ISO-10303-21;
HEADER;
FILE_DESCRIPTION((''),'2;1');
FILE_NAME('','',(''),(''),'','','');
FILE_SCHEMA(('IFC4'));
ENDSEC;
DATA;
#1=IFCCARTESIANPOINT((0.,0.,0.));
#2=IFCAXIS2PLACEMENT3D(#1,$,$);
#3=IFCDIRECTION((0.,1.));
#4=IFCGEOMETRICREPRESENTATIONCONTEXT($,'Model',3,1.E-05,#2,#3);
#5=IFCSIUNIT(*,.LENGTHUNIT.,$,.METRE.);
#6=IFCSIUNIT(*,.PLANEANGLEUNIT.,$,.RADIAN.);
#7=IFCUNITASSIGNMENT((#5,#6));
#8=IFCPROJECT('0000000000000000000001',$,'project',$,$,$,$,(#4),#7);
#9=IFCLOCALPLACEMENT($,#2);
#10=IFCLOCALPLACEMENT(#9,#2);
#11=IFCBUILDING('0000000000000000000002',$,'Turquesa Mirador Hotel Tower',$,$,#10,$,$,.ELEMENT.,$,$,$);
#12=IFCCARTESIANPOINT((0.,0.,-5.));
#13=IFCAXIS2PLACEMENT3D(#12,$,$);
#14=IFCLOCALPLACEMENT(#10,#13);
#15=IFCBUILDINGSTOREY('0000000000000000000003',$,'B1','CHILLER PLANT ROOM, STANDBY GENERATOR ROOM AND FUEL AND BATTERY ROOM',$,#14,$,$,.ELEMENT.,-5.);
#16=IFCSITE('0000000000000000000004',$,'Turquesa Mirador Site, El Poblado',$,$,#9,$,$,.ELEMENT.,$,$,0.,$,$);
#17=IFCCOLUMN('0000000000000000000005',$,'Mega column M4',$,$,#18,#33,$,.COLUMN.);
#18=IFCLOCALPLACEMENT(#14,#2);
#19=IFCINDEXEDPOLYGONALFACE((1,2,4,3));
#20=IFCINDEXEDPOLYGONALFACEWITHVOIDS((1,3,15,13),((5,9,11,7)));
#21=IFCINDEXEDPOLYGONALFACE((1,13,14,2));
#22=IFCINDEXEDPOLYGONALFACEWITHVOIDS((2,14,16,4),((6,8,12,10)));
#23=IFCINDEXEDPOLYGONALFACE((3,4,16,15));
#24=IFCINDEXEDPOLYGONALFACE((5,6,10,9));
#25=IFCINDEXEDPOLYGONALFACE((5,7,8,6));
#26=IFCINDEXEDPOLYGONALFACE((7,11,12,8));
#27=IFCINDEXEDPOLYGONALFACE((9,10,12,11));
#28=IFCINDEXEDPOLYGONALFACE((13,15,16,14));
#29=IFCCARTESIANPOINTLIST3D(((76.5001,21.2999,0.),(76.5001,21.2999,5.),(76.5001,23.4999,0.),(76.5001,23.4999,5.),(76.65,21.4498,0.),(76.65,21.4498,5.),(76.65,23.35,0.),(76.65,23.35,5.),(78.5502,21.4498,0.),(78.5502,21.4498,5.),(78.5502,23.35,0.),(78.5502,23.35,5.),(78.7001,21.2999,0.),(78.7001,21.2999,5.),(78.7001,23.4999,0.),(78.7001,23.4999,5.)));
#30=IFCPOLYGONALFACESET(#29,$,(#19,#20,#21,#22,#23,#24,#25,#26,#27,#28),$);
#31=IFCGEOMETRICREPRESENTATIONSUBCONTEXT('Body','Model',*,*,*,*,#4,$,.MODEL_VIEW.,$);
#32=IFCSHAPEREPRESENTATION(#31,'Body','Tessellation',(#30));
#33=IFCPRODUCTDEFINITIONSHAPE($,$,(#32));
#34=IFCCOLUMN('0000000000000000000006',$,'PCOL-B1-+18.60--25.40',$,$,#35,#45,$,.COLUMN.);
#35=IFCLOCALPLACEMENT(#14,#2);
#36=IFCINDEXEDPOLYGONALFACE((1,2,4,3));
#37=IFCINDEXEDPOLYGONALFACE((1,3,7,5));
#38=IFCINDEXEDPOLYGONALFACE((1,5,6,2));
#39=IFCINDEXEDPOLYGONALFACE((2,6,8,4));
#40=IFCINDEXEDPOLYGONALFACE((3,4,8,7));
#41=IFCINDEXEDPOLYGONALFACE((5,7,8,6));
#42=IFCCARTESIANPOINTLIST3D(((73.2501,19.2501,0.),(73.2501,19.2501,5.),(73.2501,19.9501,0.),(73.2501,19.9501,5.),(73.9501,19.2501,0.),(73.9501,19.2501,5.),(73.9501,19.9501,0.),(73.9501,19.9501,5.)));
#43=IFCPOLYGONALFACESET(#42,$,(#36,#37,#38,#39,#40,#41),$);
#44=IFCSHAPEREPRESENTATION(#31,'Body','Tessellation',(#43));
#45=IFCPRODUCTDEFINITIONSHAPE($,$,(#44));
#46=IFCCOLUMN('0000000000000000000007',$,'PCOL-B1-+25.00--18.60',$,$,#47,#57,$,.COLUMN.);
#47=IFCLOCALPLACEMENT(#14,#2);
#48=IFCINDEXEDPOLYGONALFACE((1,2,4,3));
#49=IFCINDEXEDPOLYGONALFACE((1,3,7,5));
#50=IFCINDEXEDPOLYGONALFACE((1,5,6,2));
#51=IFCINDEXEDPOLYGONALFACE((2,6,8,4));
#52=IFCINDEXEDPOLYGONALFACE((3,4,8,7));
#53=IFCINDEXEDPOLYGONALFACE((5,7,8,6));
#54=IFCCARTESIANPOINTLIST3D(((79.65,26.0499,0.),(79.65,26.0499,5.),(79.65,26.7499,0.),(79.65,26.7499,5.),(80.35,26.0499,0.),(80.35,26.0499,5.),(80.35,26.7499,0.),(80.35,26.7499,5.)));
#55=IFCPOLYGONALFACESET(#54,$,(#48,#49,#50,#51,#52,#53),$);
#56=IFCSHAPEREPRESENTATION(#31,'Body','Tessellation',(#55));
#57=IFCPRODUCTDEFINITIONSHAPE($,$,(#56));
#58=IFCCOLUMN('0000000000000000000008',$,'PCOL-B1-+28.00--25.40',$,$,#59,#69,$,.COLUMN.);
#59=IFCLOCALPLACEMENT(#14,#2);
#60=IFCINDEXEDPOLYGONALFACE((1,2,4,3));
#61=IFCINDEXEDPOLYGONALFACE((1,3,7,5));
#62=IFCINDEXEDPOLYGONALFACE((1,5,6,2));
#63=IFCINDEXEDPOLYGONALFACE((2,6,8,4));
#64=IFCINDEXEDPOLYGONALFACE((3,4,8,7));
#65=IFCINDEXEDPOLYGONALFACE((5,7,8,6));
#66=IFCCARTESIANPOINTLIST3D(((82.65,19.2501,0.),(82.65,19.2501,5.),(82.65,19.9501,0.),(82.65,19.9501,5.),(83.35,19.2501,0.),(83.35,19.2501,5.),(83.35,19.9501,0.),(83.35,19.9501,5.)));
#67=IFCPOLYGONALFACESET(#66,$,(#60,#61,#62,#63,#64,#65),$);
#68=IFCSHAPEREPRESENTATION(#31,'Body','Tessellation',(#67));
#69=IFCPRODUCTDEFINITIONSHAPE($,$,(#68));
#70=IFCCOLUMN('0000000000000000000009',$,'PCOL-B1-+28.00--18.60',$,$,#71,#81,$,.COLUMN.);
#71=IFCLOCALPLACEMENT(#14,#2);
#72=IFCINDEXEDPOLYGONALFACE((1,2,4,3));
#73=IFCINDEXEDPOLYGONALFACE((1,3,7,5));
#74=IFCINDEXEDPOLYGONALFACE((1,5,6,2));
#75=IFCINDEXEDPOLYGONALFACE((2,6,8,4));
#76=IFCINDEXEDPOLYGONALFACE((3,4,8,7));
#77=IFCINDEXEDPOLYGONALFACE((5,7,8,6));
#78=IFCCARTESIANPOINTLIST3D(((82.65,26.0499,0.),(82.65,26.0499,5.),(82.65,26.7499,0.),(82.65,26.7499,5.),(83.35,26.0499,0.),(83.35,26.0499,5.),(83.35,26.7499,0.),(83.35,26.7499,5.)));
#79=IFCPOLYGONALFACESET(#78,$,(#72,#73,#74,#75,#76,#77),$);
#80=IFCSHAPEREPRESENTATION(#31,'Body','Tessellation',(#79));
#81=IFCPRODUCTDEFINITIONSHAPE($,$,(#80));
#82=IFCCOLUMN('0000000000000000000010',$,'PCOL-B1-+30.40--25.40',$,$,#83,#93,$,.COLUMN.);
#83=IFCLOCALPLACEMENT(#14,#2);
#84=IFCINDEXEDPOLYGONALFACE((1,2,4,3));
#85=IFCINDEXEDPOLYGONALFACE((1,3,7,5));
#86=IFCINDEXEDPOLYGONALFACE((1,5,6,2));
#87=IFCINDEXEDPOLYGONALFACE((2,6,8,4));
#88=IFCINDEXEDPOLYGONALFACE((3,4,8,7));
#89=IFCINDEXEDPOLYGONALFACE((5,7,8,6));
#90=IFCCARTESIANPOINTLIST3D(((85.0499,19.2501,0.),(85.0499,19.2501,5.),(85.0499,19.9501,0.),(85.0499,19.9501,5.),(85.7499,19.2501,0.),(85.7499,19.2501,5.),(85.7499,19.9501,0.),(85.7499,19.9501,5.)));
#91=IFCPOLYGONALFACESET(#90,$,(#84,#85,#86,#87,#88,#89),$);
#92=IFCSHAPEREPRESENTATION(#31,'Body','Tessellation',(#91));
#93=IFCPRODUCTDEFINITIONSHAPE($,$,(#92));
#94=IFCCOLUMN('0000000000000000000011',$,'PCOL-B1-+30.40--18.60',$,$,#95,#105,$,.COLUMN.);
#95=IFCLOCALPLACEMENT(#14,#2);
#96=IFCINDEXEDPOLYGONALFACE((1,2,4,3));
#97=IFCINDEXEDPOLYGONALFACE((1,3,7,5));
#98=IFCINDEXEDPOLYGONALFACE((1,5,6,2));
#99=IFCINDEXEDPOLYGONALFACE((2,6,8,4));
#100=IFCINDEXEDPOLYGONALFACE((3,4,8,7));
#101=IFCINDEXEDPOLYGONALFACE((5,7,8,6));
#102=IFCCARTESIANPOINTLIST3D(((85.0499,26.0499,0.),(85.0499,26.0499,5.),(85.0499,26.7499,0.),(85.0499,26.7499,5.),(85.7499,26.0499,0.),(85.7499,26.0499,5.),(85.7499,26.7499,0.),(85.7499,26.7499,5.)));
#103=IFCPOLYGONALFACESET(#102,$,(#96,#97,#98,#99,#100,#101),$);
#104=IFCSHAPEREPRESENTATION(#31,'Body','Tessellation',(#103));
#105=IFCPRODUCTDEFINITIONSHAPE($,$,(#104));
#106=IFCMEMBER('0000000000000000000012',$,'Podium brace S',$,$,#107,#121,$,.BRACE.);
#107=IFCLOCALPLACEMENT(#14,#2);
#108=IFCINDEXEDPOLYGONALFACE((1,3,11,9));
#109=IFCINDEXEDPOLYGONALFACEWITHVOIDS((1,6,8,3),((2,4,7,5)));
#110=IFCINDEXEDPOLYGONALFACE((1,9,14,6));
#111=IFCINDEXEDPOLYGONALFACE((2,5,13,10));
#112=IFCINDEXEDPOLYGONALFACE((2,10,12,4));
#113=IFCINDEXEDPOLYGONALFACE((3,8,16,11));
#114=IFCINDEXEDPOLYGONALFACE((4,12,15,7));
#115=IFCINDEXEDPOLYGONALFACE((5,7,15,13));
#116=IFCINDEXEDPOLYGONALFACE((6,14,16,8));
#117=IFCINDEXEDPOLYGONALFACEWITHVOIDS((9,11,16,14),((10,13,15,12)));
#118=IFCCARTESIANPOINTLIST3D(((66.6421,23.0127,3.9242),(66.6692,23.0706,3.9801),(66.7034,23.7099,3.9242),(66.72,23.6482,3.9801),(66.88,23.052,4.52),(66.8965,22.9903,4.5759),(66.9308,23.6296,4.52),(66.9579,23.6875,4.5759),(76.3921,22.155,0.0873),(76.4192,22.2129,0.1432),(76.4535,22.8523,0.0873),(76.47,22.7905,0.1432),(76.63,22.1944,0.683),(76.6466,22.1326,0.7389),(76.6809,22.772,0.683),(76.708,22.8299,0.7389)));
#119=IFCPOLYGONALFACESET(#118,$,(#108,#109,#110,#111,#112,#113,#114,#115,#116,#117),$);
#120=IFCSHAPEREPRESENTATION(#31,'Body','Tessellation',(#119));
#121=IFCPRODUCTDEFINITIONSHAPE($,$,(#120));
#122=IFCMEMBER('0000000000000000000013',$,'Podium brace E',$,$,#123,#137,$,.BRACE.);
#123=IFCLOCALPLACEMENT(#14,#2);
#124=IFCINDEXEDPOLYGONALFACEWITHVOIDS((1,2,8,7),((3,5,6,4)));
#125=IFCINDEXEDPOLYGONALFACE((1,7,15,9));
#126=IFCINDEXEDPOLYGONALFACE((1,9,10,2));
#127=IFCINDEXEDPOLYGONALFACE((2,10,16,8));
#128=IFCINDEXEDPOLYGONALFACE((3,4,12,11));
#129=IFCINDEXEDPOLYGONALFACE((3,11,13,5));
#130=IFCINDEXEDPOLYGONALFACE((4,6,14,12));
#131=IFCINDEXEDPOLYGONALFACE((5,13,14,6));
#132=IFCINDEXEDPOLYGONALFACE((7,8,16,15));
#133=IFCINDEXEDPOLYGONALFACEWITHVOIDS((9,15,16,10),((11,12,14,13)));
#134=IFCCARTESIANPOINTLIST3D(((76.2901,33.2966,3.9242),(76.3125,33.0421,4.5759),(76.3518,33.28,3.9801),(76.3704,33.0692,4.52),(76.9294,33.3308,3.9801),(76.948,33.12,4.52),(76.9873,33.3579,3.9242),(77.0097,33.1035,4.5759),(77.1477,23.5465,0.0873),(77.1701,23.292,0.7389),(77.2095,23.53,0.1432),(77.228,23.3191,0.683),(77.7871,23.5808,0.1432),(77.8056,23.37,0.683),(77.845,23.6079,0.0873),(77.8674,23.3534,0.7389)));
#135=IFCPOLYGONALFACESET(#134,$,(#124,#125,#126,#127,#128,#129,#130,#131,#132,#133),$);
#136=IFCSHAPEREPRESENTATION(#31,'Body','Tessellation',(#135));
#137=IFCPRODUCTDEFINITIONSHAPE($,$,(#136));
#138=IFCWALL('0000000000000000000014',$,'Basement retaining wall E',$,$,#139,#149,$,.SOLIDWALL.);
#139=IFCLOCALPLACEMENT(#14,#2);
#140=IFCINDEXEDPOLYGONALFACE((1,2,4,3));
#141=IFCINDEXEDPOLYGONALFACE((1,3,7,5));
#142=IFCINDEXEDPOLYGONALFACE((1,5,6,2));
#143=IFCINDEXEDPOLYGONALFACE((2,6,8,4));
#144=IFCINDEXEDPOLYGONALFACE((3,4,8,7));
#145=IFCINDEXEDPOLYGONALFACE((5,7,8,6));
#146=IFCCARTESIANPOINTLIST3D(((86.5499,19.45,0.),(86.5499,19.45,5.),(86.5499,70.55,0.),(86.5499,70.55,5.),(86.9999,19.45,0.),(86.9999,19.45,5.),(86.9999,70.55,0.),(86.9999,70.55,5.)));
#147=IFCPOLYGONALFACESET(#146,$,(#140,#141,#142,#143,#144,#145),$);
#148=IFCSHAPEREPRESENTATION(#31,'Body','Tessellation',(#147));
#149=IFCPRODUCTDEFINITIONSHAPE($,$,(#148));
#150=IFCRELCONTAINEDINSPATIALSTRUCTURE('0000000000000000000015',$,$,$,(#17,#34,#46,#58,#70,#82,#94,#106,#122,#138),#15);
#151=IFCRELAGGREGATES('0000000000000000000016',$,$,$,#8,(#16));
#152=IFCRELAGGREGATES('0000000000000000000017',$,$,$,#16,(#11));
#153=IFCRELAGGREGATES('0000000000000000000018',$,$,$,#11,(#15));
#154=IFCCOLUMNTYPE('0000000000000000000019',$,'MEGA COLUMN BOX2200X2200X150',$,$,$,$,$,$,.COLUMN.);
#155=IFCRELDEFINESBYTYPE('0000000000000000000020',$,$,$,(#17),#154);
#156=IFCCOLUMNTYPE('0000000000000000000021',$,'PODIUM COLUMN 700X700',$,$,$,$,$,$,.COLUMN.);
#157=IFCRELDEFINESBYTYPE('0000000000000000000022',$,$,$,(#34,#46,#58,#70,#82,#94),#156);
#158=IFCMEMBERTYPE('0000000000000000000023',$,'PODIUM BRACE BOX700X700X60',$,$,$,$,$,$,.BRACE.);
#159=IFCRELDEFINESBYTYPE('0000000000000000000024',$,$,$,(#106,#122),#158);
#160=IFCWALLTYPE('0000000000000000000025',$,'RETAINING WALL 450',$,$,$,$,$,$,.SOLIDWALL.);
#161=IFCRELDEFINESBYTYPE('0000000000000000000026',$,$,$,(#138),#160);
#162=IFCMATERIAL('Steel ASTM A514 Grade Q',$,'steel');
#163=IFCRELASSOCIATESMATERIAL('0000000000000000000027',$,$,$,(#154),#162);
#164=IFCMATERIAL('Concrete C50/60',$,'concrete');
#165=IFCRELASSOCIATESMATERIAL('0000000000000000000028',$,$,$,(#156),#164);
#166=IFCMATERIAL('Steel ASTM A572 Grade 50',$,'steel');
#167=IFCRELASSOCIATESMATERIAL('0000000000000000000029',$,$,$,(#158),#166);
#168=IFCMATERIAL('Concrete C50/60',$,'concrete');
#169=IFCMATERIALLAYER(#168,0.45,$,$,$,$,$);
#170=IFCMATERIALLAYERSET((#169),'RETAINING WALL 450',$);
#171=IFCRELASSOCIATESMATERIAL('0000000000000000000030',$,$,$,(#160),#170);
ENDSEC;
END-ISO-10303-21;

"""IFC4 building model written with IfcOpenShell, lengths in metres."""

from ifc_helpers import new_model, si_unit, direction, frame, frame_2d, origin, origin_2d, place, context, subcontext, project, spatial, rectangle, hollow_rectangle, extrude, material, layer, layer_set, material_profile, profile_set, type_object, element, save


model = new_model("IFC4")

# Units and contexts
model_context = context("Model", 3, precision=1e-05, world=origin(), true_north=direction((0.0, 1.0)))
body_context = subcontext(model_context, "Body", "Model", "MODEL_VIEW")
ifc_project = project(units=[si_unit("LENGTHUNIT", "METRE"), si_unit("PLANEANGLEUNIT", "RADIAN")], contexts=[model_context])

# Site, building, storey
site_placement = place(None, origin())
site = spatial("IfcSite", under=ifc_project, at=site_placement, Name="Turquesa Mirador Site, El Poblado", CompositionType="ELEMENT", RefElevation=0.0)
building_placement = place(site_placement, origin())
building = spatial("IfcBuilding", under=site, at=building_placement, Name="Turquesa Mirador Hotel Tower", CompositionType="ELEMENT")
storey_placement = place(building_placement, frame((0.0, 0.0, -5.0)))
storey = spatial("IfcBuildingStorey", under=building, at=storey_placement, Name="B1", Description="CHILLER PLANT ROOM, STANDBY GENERATOR ROOM AND FUEL AND BATTERY ROOM", CompositionType="ELEMENT", Elevation=-5.0)

# Columns
ifc_material_1 = material(Name="Steel ASTM A514 Grade Q", Category="steel")
ifc_material_profile_1 = material_profile(ifc_material_1, hollow_rectangle(XDim=2.2, YDim=2.2, WallThickness=0.1499, at=origin_2d()), Name="BOX2200X2200X150")
ifc_profile_set_1 = profile_set([ifc_material_profile_1], Name="Steel ASTM A514 Grade Q")
column_type_1 = type_object("IfcColumnType", Name="MEGA COLUMN BOX2200X2200X150", PredefinedType="COLUMN", material=ifc_profile_set_1)
column_placement = place(storey_placement, frame((77.6001, 22.3999, 0.0), z_axis=(0.0, 0.0, 1.0), x_axis=(1.0, 0.0, 0.0)))
element("IfcColumn", 1, at=column_placement, inside=storey, type_object=column_type_1, Name="Mega column M4", PredefinedType="COLUMN", context=body_context, shape_type="SweptSolid", body=[
    extrude(hollow_rectangle(XDim=2.2, YDim=2.2, WallThickness=0.1499, at=origin_2d()), origin(), (0.0, 0.0, 1.0), 5.0),
])
ifc_material_2 = material(Name="Concrete C50/60", Category="concrete")
ifc_material_profile_2 = material_profile(ifc_material_2, rectangle(XDim=0.7, YDim=0.7, at=origin_2d()), Name="RC 700X700")
ifc_profile_set_2 = profile_set([ifc_material_profile_2], Name="Concrete C50/60")
column_type_2 = type_object("IfcColumnType", Name="PODIUM COLUMN 700X700", PredefinedType="COLUMN", material=ifc_profile_set_2)
for number, where, z_axis, x_axis, name in (
    (2, (73.6001, 19.6001, 0.0), (0.0, 0.0, 1.0), (1.0, 0.0, 0.0), "PCOL-B1-+18.60--25.40"),
    (3, (80.0, 26.3999, 0.0), (0.0, 0.0, 1.0), (1.0, 0.0, 0.0), "PCOL-B1-+25.00--18.60"),
    (4, (83.0, 19.6001, 0.0), (0.0, 0.0, 1.0), (1.0, 0.0, 0.0), "PCOL-B1-+28.00--25.40"),
    (5, (83.0, 26.3999, 0.0), (0.0, 0.0, 1.0), (1.0, 0.0, 0.0), "PCOL-B1-+28.00--18.60"),
    (6, (85.3999, 19.6001, 0.0), (0.0, 0.0, 1.0), (1.0, 0.0, 0.0), "PCOL-B1-+30.40--25.40"),
    (7, (85.3999, 26.3999, 0.0), (0.0, 0.0, 1.0), (1.0, 0.0, 0.0), "PCOL-B1-+30.40--18.60"),
):
    element("IfcColumn", number, at=place(storey_placement, frame(where, z_axis=z_axis, x_axis=x_axis)), inside=storey, type_object=column_type_2, Name=name, PredefinedType="COLUMN", context=body_context, shape_type="SweptSolid", body=[
        extrude(rectangle(XDim=0.7, YDim=0.7, at=origin_2d()), origin(), (0.0, 0.0, 1.0), 5.0),
    ])

# Members
ifc_material_3 = material(Name="Steel ASTM A572 Grade 50", Category="steel")
ifc_material_profile_3 = material_profile(ifc_material_3, hollow_rectangle(XDim=0.7, YDim=0.7, WallThickness=0.0601, at=origin_2d()), Name="BOX700X700X60")
ifc_profile_set_3 = profile_set([ifc_material_profile_3], Name="Steel ASTM A572 Grade 50")
member_type = type_object("IfcMemberType", Name="PODIUM BRACE BOX700X700X60", PredefinedType="BRACE", material=ifc_profile_set_3)
for number, where, z_axis, x_axis, name in (
    (8, (76.55, 22.4924, 0.4131), (-0.927436, 0.081583, 0.364974), (-0.087627, -0.996153, 0.0), "Podium brace S"),
    (9, (77.5076, 23.45, 0.4131), (-0.081583, 0.927436, 0.364974), (-0.996153, -0.087627, 0.0), "Podium brace E"),
):
    element("IfcMember", number, at=place(storey_placement, frame(where, z_axis=z_axis, x_axis=x_axis)), inside=storey, type_object=member_type, Name=name, PredefinedType="BRACE", context=body_context, shape_type="SweptSolid", body=[
        extrude(hollow_rectangle(XDim=0.7, YDim=0.7, WallThickness=0.0601, at=origin_2d()), origin(), (0.0, 0.0, 1.0), 10.5129),
    ])

# Wall
ifc_material_4 = material(Name="Concrete C50/60", Category="concrete")
ifc_layer_1 = layer(ifc_material_4, 0.45)
ifc_layer_set_1 = layer_set([ifc_layer_1], Name="RETAINING WALL 450")
wall_type = type_object("IfcWallType", Name="RETAINING WALL 450", PredefinedType="SOLIDWALL", material=ifc_layer_set_1)
wall_placement = place(storey_placement, frame((86.7749, 19.45, 0.0), z_axis=(0.0, 0.0, 1.0), x_axis=(0.0, 1.0, 0.0)))
element("IfcWall", 10, at=wall_placement, inside=storey, type_object=wall_type, Name="Basement retaining wall E", PredefinedType="SOLIDWALL", context=body_context, shape_type="SweptSolid", body=[
    extrude(rectangle(XDim=51.1001, YDim=0.45, at=frame_2d((25.55, 0.0))), origin(), (0.0, 0.0, 1.0), 5.0),
])

save(model, "model.ifc")
